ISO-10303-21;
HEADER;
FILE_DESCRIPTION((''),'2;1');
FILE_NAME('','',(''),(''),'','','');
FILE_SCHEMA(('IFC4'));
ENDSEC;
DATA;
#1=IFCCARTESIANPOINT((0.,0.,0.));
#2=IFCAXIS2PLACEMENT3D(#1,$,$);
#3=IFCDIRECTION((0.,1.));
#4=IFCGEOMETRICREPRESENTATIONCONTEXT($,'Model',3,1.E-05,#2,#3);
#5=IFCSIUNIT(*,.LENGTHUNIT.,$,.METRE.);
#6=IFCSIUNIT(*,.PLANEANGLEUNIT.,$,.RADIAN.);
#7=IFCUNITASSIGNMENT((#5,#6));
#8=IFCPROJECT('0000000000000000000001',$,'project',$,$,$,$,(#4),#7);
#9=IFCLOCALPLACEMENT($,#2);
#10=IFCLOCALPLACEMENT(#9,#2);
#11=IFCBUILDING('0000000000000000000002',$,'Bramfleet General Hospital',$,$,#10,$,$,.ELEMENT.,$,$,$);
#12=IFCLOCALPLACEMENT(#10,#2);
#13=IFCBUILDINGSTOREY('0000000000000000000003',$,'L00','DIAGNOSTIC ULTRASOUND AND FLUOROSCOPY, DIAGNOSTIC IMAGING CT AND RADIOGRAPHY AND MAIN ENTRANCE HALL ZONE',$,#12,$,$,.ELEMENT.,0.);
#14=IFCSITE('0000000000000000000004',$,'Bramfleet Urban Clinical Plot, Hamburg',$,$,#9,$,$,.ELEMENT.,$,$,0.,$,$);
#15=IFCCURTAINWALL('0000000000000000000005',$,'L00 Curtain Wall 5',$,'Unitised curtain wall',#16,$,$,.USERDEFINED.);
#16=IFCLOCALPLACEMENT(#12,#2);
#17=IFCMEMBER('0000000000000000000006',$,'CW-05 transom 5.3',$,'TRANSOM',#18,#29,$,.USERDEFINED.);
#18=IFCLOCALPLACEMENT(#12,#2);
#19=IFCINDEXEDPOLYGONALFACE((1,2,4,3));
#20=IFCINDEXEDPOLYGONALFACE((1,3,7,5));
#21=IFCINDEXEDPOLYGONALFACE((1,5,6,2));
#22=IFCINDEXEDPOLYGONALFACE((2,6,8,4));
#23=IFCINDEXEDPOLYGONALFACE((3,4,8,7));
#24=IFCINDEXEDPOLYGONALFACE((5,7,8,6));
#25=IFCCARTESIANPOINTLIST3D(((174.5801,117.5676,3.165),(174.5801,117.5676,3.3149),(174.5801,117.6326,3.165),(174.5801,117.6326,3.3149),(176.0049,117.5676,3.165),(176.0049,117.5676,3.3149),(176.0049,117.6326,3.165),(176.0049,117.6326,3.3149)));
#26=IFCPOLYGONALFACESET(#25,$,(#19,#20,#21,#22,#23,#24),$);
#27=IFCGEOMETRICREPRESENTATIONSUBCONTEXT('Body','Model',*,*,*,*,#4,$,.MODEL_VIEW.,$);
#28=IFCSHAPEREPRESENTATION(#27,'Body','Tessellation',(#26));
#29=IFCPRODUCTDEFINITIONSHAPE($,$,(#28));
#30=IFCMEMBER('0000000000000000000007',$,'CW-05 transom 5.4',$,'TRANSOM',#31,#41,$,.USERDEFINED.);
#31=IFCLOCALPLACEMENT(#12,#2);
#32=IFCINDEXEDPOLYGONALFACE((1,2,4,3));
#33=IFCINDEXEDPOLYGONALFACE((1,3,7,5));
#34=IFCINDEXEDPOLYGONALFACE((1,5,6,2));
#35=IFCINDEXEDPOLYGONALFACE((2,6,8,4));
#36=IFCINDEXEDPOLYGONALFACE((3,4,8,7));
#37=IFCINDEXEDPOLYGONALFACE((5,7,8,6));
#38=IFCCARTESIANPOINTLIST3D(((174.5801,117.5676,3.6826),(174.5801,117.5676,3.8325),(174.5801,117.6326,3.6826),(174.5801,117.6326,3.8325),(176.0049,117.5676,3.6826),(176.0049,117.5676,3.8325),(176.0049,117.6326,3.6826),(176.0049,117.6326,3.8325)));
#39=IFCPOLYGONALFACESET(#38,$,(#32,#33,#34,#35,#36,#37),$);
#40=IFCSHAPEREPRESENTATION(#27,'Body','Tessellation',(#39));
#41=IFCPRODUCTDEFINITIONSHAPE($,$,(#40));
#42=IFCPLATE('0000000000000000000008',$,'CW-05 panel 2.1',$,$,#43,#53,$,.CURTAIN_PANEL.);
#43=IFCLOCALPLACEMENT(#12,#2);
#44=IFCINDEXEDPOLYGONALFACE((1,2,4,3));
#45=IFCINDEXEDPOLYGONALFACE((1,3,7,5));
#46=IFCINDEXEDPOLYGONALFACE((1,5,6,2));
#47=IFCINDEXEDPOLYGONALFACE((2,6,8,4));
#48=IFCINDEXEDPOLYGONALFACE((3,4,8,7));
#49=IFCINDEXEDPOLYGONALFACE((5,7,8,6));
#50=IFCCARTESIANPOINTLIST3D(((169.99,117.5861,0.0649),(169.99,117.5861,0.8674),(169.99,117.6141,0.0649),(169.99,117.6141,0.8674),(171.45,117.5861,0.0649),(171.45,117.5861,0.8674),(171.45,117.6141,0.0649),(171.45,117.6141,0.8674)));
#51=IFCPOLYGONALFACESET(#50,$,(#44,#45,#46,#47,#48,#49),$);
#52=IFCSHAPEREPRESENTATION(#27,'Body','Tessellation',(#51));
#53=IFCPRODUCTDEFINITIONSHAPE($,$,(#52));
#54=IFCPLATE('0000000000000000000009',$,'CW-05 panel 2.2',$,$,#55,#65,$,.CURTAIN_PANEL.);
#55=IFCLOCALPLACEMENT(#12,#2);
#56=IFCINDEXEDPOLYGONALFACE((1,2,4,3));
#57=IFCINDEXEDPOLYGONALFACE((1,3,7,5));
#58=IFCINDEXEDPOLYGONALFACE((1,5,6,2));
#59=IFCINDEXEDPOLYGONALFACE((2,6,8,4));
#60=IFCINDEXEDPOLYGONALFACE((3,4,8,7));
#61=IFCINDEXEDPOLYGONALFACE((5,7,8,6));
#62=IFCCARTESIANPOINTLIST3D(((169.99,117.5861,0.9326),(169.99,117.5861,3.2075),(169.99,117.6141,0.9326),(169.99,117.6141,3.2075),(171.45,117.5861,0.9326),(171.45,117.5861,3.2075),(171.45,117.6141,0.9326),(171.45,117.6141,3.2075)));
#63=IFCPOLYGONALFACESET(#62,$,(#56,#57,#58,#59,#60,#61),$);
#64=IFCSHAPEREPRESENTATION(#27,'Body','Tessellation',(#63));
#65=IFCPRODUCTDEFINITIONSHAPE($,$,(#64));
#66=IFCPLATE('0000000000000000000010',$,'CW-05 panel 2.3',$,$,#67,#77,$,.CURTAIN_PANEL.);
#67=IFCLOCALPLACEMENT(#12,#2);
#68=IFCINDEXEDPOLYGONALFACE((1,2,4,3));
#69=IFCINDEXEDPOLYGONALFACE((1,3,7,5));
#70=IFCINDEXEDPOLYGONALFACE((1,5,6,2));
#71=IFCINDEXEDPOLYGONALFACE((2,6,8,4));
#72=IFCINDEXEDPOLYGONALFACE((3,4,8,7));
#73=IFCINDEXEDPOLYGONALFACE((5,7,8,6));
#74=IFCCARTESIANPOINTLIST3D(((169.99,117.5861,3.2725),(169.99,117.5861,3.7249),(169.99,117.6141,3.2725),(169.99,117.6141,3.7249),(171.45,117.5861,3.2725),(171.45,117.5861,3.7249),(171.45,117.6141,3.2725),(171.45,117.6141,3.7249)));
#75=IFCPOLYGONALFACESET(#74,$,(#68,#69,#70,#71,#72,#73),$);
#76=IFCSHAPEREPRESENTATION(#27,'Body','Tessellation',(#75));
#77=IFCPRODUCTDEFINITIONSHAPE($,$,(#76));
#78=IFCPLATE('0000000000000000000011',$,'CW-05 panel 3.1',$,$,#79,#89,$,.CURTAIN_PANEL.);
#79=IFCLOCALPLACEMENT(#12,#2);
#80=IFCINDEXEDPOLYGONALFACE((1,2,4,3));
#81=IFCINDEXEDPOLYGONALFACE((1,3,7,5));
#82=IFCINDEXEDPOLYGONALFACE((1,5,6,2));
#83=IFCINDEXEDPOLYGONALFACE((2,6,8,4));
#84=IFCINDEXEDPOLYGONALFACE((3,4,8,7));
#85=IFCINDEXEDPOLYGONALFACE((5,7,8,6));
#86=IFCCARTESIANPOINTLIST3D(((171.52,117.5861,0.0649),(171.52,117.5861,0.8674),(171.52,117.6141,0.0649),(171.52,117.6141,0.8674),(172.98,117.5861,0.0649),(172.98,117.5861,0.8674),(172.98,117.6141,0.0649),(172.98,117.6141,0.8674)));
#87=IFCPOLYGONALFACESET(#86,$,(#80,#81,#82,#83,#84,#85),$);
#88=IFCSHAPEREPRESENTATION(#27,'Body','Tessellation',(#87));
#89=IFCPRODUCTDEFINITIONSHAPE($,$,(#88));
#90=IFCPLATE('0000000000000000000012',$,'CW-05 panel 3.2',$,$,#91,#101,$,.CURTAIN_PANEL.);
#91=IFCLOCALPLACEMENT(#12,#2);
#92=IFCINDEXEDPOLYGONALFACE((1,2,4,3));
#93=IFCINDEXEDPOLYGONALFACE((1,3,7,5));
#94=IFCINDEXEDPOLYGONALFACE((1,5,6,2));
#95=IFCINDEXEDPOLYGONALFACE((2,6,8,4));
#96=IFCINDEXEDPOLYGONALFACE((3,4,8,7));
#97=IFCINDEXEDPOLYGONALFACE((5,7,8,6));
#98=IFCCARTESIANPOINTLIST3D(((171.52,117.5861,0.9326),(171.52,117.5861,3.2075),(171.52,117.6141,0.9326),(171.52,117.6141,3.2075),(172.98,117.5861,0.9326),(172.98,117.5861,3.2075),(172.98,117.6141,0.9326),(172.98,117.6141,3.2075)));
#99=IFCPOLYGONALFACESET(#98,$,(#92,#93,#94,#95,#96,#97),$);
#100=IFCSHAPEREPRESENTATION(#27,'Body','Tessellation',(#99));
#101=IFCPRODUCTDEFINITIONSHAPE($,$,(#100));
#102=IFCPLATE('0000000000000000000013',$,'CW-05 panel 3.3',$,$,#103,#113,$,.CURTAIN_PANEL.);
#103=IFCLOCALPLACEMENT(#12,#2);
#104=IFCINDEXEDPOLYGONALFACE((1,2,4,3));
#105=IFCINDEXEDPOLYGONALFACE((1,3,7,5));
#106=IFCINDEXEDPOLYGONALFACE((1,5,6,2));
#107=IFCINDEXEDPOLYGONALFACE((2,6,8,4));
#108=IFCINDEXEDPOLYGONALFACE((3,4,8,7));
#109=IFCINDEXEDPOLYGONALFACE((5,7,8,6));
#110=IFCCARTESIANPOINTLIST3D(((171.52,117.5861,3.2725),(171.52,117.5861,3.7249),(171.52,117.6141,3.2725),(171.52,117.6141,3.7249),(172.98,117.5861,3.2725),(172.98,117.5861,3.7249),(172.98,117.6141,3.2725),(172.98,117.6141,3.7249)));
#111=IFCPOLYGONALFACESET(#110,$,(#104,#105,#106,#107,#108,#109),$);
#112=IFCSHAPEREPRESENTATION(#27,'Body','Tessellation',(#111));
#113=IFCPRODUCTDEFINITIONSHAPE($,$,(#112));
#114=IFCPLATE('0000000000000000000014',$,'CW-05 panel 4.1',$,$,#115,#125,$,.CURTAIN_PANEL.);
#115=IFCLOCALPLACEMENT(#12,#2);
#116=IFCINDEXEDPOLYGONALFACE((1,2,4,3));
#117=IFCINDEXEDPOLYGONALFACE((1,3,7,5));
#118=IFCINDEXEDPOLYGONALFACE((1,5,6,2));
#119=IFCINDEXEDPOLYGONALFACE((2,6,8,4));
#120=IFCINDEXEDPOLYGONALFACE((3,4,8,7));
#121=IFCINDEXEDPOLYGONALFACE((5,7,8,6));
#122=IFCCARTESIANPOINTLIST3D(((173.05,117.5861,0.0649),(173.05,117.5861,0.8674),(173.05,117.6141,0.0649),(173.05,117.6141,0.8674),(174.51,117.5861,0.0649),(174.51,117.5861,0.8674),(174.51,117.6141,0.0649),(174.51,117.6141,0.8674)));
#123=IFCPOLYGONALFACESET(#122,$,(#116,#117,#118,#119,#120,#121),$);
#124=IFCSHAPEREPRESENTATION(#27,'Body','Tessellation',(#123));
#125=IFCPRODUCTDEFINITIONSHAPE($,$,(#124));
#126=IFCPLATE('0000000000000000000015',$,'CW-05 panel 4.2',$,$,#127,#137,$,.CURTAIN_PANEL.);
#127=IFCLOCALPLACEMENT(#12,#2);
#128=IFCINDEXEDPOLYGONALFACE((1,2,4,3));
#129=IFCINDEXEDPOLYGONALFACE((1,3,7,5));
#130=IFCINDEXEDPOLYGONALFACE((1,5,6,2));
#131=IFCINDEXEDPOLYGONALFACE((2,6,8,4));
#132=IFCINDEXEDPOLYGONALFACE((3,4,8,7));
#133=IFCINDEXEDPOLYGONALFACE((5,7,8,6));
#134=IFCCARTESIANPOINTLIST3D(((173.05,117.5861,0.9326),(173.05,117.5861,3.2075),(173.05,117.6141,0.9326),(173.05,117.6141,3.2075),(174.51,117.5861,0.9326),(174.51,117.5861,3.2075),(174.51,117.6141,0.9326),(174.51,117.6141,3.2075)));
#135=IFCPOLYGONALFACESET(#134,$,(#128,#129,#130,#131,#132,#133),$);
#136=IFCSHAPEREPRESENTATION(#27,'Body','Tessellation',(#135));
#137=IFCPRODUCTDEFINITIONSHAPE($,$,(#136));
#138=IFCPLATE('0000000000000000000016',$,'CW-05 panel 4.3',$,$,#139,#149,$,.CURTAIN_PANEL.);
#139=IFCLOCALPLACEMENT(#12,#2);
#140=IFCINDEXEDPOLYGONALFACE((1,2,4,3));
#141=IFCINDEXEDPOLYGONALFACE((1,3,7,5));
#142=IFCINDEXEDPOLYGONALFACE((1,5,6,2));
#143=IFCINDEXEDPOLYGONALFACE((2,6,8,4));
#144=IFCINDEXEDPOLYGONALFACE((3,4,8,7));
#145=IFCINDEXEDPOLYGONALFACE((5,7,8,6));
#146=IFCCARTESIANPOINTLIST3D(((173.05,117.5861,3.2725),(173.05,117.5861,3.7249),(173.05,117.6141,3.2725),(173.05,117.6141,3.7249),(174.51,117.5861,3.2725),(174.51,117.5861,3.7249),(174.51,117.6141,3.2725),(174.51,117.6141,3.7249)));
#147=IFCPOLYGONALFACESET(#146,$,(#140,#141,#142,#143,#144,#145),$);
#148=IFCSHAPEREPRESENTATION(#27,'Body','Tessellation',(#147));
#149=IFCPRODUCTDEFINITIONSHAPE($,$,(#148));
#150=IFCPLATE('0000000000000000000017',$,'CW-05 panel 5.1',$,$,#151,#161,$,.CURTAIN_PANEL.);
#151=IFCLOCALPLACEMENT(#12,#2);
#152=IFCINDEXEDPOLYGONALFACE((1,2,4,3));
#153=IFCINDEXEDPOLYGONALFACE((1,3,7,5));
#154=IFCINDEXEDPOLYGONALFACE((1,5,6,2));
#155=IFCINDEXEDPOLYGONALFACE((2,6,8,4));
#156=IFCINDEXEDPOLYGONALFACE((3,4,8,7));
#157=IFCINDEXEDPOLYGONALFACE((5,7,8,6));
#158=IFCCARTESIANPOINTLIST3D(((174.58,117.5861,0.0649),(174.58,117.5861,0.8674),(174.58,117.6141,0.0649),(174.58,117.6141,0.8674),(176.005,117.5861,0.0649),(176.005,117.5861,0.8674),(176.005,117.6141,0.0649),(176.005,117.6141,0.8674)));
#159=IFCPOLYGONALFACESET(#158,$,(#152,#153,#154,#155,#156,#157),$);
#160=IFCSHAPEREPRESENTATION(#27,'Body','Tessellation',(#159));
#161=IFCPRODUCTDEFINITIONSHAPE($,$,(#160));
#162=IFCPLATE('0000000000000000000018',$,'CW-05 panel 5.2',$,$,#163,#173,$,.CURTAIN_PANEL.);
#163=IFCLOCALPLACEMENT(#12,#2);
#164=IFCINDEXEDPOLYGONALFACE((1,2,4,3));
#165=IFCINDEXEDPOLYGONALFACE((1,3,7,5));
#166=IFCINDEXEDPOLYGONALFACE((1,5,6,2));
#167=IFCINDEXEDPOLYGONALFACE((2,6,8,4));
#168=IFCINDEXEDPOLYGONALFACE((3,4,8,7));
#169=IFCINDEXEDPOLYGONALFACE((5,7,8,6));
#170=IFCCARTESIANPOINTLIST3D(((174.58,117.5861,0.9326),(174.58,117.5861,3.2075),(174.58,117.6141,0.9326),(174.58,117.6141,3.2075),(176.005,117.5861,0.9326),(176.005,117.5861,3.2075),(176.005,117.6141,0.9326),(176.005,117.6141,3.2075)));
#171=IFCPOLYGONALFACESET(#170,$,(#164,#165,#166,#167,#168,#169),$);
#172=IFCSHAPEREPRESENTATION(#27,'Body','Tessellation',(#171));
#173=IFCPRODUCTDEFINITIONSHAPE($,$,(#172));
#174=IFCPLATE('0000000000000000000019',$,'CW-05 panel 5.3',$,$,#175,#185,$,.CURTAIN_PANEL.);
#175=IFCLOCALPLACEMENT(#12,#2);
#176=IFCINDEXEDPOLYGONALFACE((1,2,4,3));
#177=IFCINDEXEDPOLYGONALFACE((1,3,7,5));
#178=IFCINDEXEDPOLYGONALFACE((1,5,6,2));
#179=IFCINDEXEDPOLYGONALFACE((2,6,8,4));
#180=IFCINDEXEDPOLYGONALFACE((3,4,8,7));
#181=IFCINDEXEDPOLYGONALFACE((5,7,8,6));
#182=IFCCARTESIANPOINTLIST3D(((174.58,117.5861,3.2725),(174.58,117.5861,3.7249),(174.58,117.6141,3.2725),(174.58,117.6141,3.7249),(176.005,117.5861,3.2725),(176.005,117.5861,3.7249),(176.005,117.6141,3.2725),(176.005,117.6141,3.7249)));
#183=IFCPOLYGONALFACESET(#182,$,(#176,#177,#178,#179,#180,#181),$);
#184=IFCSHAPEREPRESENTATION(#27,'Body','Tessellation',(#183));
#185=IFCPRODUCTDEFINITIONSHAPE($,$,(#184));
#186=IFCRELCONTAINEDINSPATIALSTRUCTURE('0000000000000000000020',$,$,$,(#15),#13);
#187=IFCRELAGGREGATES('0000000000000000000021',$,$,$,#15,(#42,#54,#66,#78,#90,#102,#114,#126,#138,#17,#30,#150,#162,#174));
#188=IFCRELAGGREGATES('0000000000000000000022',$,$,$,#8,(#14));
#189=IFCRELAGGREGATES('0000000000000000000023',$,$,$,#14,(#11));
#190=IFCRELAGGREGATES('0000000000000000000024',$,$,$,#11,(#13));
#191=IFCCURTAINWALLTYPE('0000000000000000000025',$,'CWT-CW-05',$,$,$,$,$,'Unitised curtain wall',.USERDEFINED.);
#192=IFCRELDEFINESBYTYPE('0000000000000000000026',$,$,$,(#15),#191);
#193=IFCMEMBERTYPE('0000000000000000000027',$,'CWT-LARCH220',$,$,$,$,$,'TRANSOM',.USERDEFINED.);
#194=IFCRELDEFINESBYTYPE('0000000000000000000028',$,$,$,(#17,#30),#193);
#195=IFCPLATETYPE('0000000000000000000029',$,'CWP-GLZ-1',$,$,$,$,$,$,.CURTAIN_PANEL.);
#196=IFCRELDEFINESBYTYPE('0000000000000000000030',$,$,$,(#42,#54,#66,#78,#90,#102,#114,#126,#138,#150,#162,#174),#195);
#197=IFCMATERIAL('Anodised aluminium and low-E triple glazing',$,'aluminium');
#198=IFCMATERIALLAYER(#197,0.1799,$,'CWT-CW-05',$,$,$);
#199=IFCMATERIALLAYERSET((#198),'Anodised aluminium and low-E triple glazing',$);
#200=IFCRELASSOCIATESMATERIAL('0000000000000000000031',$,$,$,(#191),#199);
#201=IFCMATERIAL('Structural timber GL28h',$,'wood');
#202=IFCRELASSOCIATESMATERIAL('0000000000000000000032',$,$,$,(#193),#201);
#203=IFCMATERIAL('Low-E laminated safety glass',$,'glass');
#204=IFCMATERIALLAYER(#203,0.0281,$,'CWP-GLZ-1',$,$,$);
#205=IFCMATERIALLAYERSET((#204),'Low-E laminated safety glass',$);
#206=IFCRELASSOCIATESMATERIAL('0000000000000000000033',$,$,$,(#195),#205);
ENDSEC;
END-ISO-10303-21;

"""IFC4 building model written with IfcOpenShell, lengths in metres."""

from ifc_helpers import new_model, si_unit, direction, frame, origin, origin_2d, place, context, subcontext, project, spatial, rectangle, extrude, material, layer, layer_set, material_profile, profile_set, type_object, element, aggregate, save


model = new_model("IFC4")

# Units and contexts
model_context = context("Model", 3, precision=1e-05, world=origin(), true_north=direction((0.0, 1.0)))
body_context = subcontext(model_context, "Body", "Model", "MODEL_VIEW")
ifc_project = project(units=[si_unit("LENGTHUNIT", "METRE"), si_unit("PLANEANGLEUNIT", "RADIAN")], contexts=[model_context])

# Site, building, storey
site_placement = place(None, origin())
site = spatial("IfcSite", under=ifc_project, at=site_placement, Name="Bramfleet Urban Clinical Plot, Hamburg", CompositionType="ELEMENT", RefElevation=0.0)
building_placement = place(site_placement, origin())
building = spatial("IfcBuilding", under=site, at=building_placement, Name="Bramfleet General Hospital", CompositionType="ELEMENT")
storey_placement = place(building_placement, origin())
storey = spatial("IfcBuildingStorey", under=building, at=storey_placement, Name="L00", Description="DIAGNOSTIC ULTRASOUND AND FLUOROSCOPY, DIAGNOSTIC IMAGING CT AND RADIOGRAPHY AND MAIN ENTRANCE HALL ZONE", CompositionType="ELEMENT", Elevation=0.0)

# Curtain wall, members, plates
ifc_material_1 = material(Name="Anodised aluminium and low-E triple glazing", Category="aluminium")
ifc_layer_1 = layer(ifc_material_1, 0.1799, Name="CWT-CW-05")
ifc_layer_set_1 = layer_set([ifc_layer_1], Name="Anodised aluminium and low-E triple glazing")
curtain_wall_type = type_object("IfcCurtainWallType", Name="CWT-CW-05", ElementType="Unitised curtain wall", PredefinedType="USERDEFINED", material=ifc_layer_set_1)
curtain_wall_placement = place(storey_placement, origin())
curtain_wall = element("IfcCurtainWall", 1, at=curtain_wall_placement, inside=storey, type_object=curtain_wall_type, Name="L00 Curtain Wall 5", ObjectType="Unitised curtain wall", PredefinedType="USERDEFINED")
ifc_material_2 = material(Name="Structural timber GL28h", Category="wood")
ifc_material_profile_1 = material_profile(ifc_material_2, rectangle(XDim=0.0649, YDim=0.1499, at=origin_2d()), Name="LARCH 150x65")
ifc_profile_set_1 = profile_set([ifc_material_profile_1], Name="Structural timber GL28h")
member_type_1 = type_object("IfcMemberType", Name="CWT-LARCH220", ElementType="TRANSOM", PredefinedType="USERDEFINED", material=ifc_profile_set_1)
member_1_placement = place(storey_placement, frame((174.5801, 117.6001, 3.24), z_axis=(1.0, 0.0, 0.0), x_axis=(0.0, 1.0, 0.0)))
member_1 = element("IfcMember", 2, at=member_1_placement, type_object=member_type_1, Name="CW-05 transom 5.3", ObjectType="TRANSOM", PredefinedType="USERDEFINED", context=body_context, shape_type="SweptSolid", body=[
    extrude(rectangle(XDim=0.0649, YDim=0.1499, at=origin_2d()), origin(), (0.0, 0.0, 1.0), 1.4248),
])
member_2_placement = place(storey_placement, frame((174.5801, 117.6001, 3.7576), z_axis=(1.0, 0.0, 0.0), x_axis=(0.0, 1.0, 0.0)))
member_2 = element("IfcMember", 3, at=member_2_placement, type_object=member_type_1, Name="CW-05 transom 5.4", ObjectType="TRANSOM", PredefinedType="USERDEFINED", context=body_context, shape_type="SweptSolid", body=[
    extrude(rectangle(XDim=0.0649, YDim=0.1499, at=origin_2d()), origin(), (0.0, 0.0, 1.0), 1.4248),
])
ifc_material_3 = material(Name="Low-E laminated safety glass", Category="glass")
ifc_layer_2 = layer(ifc_material_3, 0.0281, Name="CWP-GLZ-1")
ifc_layer_set_2 = layer_set([ifc_layer_2], Name="Low-E laminated safety glass")
plate_type = type_object("IfcPlateType", Name="CWP-GLZ-1", PredefinedType="CURTAIN_PANEL", material=ifc_layer_set_2)
plate_1_placement = place(storey_placement, frame((170.72, 117.6001, 0.0649), z_axis=(0.0, 0.0, 1.0), x_axis=(1.0, 0.0, 0.0)))
plate_1 = element("IfcPlate", 4, at=plate_1_placement, type_object=plate_type, Name="CW-05 panel 2.1", PredefinedType="CURTAIN_PANEL", context=body_context, shape_type="SweptSolid", body=[
    extrude(rectangle(XDim=1.46, YDim=0.0281, at=origin_2d()), origin(), (0.0, 0.0, 1.0), 0.8025),
])
plate_2_placement = place(storey_placement, frame((170.72, 117.6001, 0.9326), z_axis=(0.0, 0.0, 1.0), x_axis=(1.0, 0.0, 0.0)))
plate_2 = element("IfcPlate", 5, at=plate_2_placement, type_object=plate_type, Name="CW-05 panel 2.2", PredefinedType="CURTAIN_PANEL", context=body_context, shape_type="SweptSolid", body=[
    extrude(rectangle(XDim=1.46, YDim=0.0281, at=origin_2d()), origin(), (0.0, 0.0, 1.0), 2.2749),
])
plate_3_placement = place(storey_placement, frame((170.72, 117.6001, 3.2725), z_axis=(0.0, 0.0, 1.0), x_axis=(1.0, 0.0, 0.0)))
plate_3 = element("IfcPlate", 6, at=plate_3_placement, type_object=plate_type, Name="CW-05 panel 2.3", PredefinedType="CURTAIN_PANEL", context=body_context, shape_type="SweptSolid", body=[
    extrude(rectangle(XDim=1.46, YDim=0.0281, at=origin_2d()), origin(), (0.0, 0.0, 1.0), 0.4524),
])
plate_4_placement = place(storey_placement, frame((172.25, 117.6001, 0.0649), z_axis=(0.0, 0.0, 1.0), x_axis=(1.0, 0.0, 0.0)))
plate_4 = element("IfcPlate", 7, at=plate_4_placement, type_object=plate_type, Name="CW-05 panel 3.1", PredefinedType="CURTAIN_PANEL", context=body_context, shape_type="SweptSolid", body=[
    extrude(rectangle(XDim=1.46, YDim=0.0281, at=origin_2d()), origin(), (0.0, 0.0, 1.0), 0.8025),
])
plate_5_placement = place(storey_placement, frame((172.25, 117.6001, 0.9326), z_axis=(0.0, 0.0, 1.0), x_axis=(1.0, 0.0, 0.0)))
plate_5 = element("IfcPlate", 8, at=plate_5_placement, type_object=plate_type, Name="CW-05 panel 3.2", PredefinedType="CURTAIN_PANEL", context=body_context, shape_type="SweptSolid", body=[
    extrude(rectangle(XDim=1.46, YDim=0.0281, at=origin_2d()), origin(), (0.0, 0.0, 1.0), 2.2749),
])
plate_6_placement = place(storey_placement, frame((172.25, 117.6001, 3.2725), z_axis=(0.0, 0.0, 1.0), x_axis=(1.0, 0.0, 0.0)))
plate_6 = element("IfcPlate", 9, at=plate_6_placement, type_object=plate_type, Name="CW-05 panel 3.3", PredefinedType="CURTAIN_PANEL", context=body_context, shape_type="SweptSolid", body=[
    extrude(rectangle(XDim=1.46, YDim=0.0281, at=origin_2d()), origin(), (0.0, 0.0, 1.0), 0.4524),
])
plate_7_placement = place(storey_placement, frame((173.78, 117.6001, 0.0649), z_axis=(0.0, 0.0, 1.0), x_axis=(1.0, 0.0, 0.0)))
plate_7 = element("IfcPlate", 10, at=plate_7_placement, type_object=plate_type, Name="CW-05 panel 4.1", PredefinedType="CURTAIN_PANEL", context=body_context, shape_type="SweptSolid", body=[
    extrude(rectangle(XDim=1.46, YDim=0.0281, at=origin_2d()), origin(), (0.0, 0.0, 1.0), 0.8025),
])
plate_8_placement = place(storey_placement, frame((173.78, 117.6001, 0.9326), z_axis=(0.0, 0.0, 1.0), x_axis=(1.0, 0.0, 0.0)))
plate_8 = element("IfcPlate", 11, at=plate_8_placement, type_object=plate_type, Name="CW-05 panel 4.2", PredefinedType="CURTAIN_PANEL", context=body_context, shape_type="SweptSolid", body=[
    extrude(rectangle(XDim=1.46, YDim=0.0281, at=origin_2d()), origin(), (0.0, 0.0, 1.0), 2.2749),
])
plate_9_placement = place(storey_placement, frame((173.78, 117.6001, 3.2725), z_axis=(0.0, 0.0, 1.0), x_axis=(1.0, 0.0, 0.0)))
plate_9 = element("IfcPlate", 12, at=plate_9_placement, type_object=plate_type, Name="CW-05 panel 4.3", PredefinedType="CURTAIN_PANEL", context=body_context, shape_type="SweptSolid", body=[
    extrude(rectangle(XDim=1.46, YDim=0.0281, at=origin_2d()), origin(), (0.0, 0.0, 1.0), 0.4524),
])
plate_10_placement = place(storey_placement, frame((175.2925, 117.6001, 0.0649), z_axis=(0.0, 0.0, 1.0), x_axis=(1.0, 0.0, 0.0)))
plate_10 = element("IfcPlate", 13, at=plate_10_placement, type_object=plate_type, Name="CW-05 panel 5.1", PredefinedType="CURTAIN_PANEL", context=body_context, shape_type="SweptSolid", body=[
    extrude(rectangle(XDim=1.425, YDim=0.0281, at=origin_2d()), origin(), (0.0, 0.0, 1.0), 0.8025),
])
plate_11_placement = place(storey_placement, frame((175.2925, 117.6001, 0.9326), z_axis=(0.0, 0.0, 1.0), x_axis=(1.0, 0.0, 0.0)))
plate_11 = element("IfcPlate", 14, at=plate_11_placement, type_object=plate_type, Name="CW-05 panel 5.2", PredefinedType="CURTAIN_PANEL", context=body_context, shape_type="SweptSolid", body=[
    extrude(rectangle(XDim=1.425, YDim=0.0281, at=origin_2d()), origin(), (0.0, 0.0, 1.0), 2.2749),
])
plate_12_placement = place(storey_placement, frame((175.2925, 117.6001, 3.2725), z_axis=(0.0, 0.0, 1.0), x_axis=(1.0, 0.0, 0.0)))
plate_12 = element("IfcPlate", 15, at=plate_12_placement, type_object=plate_type, Name="CW-05 panel 5.3", PredefinedType="CURTAIN_PANEL", context=body_context, shape_type="SweptSolid", body=[
    extrude(rectangle(XDim=1.425, YDim=0.0281, at=origin_2d()), origin(), (0.0, 0.0, 1.0), 0.4524),
])
aggregate(curtain_wall, [plate_1, plate_2, plate_3, plate_4, plate_5, plate_6, plate_7, plate_8, plate_9, member_1, member_2, plate_10, plate_11, plate_12])

save(model, "model.ifc")
